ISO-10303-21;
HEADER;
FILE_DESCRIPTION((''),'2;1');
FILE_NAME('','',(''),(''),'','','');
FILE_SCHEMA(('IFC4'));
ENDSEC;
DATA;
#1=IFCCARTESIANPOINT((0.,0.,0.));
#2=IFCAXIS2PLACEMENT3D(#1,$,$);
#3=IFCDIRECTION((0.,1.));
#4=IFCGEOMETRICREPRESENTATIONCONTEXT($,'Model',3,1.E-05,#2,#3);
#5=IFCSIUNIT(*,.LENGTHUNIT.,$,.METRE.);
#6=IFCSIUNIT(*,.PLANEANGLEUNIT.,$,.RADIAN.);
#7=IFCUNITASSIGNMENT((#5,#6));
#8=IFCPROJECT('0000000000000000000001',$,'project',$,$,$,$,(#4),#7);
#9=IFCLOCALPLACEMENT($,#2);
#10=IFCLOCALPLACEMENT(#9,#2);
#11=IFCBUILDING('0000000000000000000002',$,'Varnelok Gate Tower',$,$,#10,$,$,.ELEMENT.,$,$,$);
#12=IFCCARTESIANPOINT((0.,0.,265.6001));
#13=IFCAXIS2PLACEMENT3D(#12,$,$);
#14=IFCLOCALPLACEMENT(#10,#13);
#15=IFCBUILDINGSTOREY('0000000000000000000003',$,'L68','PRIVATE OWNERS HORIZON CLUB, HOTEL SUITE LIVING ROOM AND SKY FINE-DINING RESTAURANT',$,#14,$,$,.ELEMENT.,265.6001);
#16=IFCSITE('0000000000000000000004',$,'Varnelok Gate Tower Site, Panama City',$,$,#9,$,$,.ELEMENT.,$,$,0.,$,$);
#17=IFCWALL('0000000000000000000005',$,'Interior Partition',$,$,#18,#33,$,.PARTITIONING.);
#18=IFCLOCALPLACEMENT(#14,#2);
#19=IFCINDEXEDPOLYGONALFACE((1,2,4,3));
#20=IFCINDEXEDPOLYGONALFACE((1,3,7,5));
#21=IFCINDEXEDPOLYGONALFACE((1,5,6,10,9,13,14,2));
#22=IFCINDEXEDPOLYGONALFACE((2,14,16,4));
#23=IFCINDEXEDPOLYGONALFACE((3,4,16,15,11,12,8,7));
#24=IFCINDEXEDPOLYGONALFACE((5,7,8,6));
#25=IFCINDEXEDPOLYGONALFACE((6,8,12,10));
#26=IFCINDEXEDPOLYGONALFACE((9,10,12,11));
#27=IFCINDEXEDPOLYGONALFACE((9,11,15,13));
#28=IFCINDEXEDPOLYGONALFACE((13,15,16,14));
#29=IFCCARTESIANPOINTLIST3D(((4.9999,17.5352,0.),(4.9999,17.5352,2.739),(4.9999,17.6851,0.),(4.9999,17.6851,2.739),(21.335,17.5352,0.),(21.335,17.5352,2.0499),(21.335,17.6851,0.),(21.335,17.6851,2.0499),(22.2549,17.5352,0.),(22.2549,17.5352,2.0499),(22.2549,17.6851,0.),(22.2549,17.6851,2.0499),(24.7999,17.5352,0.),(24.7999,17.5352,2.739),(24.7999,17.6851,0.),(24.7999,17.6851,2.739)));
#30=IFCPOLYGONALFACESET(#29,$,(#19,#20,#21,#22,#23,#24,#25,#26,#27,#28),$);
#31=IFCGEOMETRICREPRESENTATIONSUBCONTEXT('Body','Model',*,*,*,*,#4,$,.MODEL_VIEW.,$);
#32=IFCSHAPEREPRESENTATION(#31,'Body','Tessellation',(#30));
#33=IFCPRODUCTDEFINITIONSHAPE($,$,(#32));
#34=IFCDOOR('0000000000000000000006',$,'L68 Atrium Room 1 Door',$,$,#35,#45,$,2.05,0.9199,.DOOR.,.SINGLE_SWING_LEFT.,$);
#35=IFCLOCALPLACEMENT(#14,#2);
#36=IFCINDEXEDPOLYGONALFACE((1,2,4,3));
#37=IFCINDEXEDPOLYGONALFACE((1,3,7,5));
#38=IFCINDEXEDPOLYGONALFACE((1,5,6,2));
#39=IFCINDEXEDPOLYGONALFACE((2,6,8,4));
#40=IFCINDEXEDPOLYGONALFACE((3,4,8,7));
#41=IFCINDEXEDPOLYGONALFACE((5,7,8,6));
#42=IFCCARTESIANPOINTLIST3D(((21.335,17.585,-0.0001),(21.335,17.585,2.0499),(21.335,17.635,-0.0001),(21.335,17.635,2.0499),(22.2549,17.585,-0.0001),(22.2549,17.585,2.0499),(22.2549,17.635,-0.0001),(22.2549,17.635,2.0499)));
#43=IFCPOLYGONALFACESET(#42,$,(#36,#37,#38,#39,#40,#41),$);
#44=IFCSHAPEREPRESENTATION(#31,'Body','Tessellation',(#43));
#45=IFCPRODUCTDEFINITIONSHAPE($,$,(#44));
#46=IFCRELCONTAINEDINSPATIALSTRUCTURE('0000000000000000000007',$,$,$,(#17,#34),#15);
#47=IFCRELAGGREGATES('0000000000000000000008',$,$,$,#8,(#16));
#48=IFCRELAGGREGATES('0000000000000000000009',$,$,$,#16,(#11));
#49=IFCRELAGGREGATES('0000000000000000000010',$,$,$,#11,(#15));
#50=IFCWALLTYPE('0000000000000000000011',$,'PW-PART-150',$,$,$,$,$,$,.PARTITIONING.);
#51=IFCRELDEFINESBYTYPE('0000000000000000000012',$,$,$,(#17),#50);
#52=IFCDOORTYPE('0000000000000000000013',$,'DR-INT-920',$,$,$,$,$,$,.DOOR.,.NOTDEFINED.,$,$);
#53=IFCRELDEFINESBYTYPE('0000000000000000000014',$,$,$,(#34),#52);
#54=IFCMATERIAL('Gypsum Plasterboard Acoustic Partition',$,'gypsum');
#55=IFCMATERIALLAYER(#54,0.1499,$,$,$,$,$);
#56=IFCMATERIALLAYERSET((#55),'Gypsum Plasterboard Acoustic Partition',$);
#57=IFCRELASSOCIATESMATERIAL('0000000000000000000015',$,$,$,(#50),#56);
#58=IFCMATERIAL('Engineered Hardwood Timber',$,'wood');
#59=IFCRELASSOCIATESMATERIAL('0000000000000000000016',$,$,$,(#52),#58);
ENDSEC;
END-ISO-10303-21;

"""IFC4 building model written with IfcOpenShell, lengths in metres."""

from ifc_helpers import new_model, si_unit, direction, frame, frame_2d, origin, place, context, subcontext, project, spatial, rectangle, extrude, material, layer, layer_set, type_object, element, fill, save


model = new_model("IFC4")

# Units and contexts
model_context = context("Model", 3, precision=1e-05, world=origin(), true_north=direction((0.0, 1.0)))
body_context = subcontext(model_context, "Body", "Model", "MODEL_VIEW")
ifc_project = project(units=[si_unit("LENGTHUNIT", "METRE"), si_unit("PLANEANGLEUNIT", "RADIAN")], contexts=[model_context])

# Site, building, storey
site_placement = place(None, origin())
site = spatial("IfcSite", under=ifc_project, at=site_placement, Name="Varnelok Gate Tower Site, Panama City", CompositionType="ELEMENT", RefElevation=0.0)
building_placement = place(site_placement, origin())
building = spatial("IfcBuilding", under=site, at=building_placement, Name="Varnelok Gate Tower", CompositionType="ELEMENT")
storey_placement = place(building_placement, frame((0.0, 0.0, 265.6001)))
storey = spatial("IfcBuildingStorey", under=building, at=storey_placement, Name="L68", Description="PRIVATE OWNERS HORIZON CLUB, HOTEL SUITE LIVING ROOM AND SKY FINE-DINING RESTAURANT", CompositionType="ELEMENT", Elevation=265.6001)

# Shared definitions
ifc_material_1 = material(Name="Gypsum Plasterboard Acoustic Partition", Category="gypsum")
ifc_material_2 = material(Name="Engineered Hardwood Timber", Category="wood")

# Wall, opening, door
ifc_layer_1 = layer(ifc_material_1, 0.1499)
ifc_layer_set_1 = layer_set([ifc_layer_1], Name="Gypsum Plasterboard Acoustic Partition")
wall_type_1 = type_object("IfcWallType", Name="PW-PART-150", PredefinedType="PARTITIONING", material=ifc_layer_set_1)
wall_1_placement = place(storey_placement, frame((5.0, 17.6101, 0.0), z_axis=(0.0, 0.0, 1.0), x_axis=(1.0, 0.0, 0.0)))
wall_1 = element("IfcWall", 1, at=wall_1_placement, inside=storey, type_object=wall_type_1, Name="Interior Partition", PredefinedType="PARTITIONING", context=body_context, shape_type="SweptSolid", body=[
    extrude(rectangle(XDim=19.8, YDim=0.1499, at=frame_2d((9.8999, 0.0))), origin(), (0.0, 0.0, 1.0), 2.739),
])
opening_1_placement = place(wall_1_placement, frame((16.335, 0.0, 0.0)))
opening_1 = element("IfcOpeningElement", 2, at=opening_1_placement, cuts=wall_1, PredefinedType="OPENING", context=body_context, shape_type="SweptSolid", body=[
    extrude(rectangle(XDim=0.9199, YDim=2.05, at=frame_2d((0.46, 1.0249))), frame((0.0, 0.085, 0.0), z_axis=(0.0, -1.0, 0.0), x_axis=(1.0, 0.0, 0.0)), (0.0, 0.0, 1.0), 0.1699),
])
door_type_1 = type_object("IfcDoorType", Name="DR-INT-920", OperationType="NOTDEFINED", PredefinedType="DOOR", material=ifc_material_2)
door_1_placement = place(opening_1_placement, origin())
door_1 = element("IfcDoor", 3, at=door_1_placement, inside=storey, type_object=door_type_1, Name="L68 Atrium Room 1 Door", OperationType="SINGLE_SWING_LEFT", OverallHeight=2.05, OverallWidth=0.9199, PredefinedType="DOOR", context=body_context, shape_type="SweptSolid", body=[
    extrude(rectangle(XDim=0.9199, YDim=2.05, at=frame_2d((0.46, 1.0249))), frame((0.0, 0.0249, 0.0), z_axis=(0.0, -1.0, 0.0), x_axis=(1.0, 0.0, 0.0)), (0.0, 0.0, 1.0), 0.05),
])
fill(opening_1, door_1)

save(model, "model.ifc")
